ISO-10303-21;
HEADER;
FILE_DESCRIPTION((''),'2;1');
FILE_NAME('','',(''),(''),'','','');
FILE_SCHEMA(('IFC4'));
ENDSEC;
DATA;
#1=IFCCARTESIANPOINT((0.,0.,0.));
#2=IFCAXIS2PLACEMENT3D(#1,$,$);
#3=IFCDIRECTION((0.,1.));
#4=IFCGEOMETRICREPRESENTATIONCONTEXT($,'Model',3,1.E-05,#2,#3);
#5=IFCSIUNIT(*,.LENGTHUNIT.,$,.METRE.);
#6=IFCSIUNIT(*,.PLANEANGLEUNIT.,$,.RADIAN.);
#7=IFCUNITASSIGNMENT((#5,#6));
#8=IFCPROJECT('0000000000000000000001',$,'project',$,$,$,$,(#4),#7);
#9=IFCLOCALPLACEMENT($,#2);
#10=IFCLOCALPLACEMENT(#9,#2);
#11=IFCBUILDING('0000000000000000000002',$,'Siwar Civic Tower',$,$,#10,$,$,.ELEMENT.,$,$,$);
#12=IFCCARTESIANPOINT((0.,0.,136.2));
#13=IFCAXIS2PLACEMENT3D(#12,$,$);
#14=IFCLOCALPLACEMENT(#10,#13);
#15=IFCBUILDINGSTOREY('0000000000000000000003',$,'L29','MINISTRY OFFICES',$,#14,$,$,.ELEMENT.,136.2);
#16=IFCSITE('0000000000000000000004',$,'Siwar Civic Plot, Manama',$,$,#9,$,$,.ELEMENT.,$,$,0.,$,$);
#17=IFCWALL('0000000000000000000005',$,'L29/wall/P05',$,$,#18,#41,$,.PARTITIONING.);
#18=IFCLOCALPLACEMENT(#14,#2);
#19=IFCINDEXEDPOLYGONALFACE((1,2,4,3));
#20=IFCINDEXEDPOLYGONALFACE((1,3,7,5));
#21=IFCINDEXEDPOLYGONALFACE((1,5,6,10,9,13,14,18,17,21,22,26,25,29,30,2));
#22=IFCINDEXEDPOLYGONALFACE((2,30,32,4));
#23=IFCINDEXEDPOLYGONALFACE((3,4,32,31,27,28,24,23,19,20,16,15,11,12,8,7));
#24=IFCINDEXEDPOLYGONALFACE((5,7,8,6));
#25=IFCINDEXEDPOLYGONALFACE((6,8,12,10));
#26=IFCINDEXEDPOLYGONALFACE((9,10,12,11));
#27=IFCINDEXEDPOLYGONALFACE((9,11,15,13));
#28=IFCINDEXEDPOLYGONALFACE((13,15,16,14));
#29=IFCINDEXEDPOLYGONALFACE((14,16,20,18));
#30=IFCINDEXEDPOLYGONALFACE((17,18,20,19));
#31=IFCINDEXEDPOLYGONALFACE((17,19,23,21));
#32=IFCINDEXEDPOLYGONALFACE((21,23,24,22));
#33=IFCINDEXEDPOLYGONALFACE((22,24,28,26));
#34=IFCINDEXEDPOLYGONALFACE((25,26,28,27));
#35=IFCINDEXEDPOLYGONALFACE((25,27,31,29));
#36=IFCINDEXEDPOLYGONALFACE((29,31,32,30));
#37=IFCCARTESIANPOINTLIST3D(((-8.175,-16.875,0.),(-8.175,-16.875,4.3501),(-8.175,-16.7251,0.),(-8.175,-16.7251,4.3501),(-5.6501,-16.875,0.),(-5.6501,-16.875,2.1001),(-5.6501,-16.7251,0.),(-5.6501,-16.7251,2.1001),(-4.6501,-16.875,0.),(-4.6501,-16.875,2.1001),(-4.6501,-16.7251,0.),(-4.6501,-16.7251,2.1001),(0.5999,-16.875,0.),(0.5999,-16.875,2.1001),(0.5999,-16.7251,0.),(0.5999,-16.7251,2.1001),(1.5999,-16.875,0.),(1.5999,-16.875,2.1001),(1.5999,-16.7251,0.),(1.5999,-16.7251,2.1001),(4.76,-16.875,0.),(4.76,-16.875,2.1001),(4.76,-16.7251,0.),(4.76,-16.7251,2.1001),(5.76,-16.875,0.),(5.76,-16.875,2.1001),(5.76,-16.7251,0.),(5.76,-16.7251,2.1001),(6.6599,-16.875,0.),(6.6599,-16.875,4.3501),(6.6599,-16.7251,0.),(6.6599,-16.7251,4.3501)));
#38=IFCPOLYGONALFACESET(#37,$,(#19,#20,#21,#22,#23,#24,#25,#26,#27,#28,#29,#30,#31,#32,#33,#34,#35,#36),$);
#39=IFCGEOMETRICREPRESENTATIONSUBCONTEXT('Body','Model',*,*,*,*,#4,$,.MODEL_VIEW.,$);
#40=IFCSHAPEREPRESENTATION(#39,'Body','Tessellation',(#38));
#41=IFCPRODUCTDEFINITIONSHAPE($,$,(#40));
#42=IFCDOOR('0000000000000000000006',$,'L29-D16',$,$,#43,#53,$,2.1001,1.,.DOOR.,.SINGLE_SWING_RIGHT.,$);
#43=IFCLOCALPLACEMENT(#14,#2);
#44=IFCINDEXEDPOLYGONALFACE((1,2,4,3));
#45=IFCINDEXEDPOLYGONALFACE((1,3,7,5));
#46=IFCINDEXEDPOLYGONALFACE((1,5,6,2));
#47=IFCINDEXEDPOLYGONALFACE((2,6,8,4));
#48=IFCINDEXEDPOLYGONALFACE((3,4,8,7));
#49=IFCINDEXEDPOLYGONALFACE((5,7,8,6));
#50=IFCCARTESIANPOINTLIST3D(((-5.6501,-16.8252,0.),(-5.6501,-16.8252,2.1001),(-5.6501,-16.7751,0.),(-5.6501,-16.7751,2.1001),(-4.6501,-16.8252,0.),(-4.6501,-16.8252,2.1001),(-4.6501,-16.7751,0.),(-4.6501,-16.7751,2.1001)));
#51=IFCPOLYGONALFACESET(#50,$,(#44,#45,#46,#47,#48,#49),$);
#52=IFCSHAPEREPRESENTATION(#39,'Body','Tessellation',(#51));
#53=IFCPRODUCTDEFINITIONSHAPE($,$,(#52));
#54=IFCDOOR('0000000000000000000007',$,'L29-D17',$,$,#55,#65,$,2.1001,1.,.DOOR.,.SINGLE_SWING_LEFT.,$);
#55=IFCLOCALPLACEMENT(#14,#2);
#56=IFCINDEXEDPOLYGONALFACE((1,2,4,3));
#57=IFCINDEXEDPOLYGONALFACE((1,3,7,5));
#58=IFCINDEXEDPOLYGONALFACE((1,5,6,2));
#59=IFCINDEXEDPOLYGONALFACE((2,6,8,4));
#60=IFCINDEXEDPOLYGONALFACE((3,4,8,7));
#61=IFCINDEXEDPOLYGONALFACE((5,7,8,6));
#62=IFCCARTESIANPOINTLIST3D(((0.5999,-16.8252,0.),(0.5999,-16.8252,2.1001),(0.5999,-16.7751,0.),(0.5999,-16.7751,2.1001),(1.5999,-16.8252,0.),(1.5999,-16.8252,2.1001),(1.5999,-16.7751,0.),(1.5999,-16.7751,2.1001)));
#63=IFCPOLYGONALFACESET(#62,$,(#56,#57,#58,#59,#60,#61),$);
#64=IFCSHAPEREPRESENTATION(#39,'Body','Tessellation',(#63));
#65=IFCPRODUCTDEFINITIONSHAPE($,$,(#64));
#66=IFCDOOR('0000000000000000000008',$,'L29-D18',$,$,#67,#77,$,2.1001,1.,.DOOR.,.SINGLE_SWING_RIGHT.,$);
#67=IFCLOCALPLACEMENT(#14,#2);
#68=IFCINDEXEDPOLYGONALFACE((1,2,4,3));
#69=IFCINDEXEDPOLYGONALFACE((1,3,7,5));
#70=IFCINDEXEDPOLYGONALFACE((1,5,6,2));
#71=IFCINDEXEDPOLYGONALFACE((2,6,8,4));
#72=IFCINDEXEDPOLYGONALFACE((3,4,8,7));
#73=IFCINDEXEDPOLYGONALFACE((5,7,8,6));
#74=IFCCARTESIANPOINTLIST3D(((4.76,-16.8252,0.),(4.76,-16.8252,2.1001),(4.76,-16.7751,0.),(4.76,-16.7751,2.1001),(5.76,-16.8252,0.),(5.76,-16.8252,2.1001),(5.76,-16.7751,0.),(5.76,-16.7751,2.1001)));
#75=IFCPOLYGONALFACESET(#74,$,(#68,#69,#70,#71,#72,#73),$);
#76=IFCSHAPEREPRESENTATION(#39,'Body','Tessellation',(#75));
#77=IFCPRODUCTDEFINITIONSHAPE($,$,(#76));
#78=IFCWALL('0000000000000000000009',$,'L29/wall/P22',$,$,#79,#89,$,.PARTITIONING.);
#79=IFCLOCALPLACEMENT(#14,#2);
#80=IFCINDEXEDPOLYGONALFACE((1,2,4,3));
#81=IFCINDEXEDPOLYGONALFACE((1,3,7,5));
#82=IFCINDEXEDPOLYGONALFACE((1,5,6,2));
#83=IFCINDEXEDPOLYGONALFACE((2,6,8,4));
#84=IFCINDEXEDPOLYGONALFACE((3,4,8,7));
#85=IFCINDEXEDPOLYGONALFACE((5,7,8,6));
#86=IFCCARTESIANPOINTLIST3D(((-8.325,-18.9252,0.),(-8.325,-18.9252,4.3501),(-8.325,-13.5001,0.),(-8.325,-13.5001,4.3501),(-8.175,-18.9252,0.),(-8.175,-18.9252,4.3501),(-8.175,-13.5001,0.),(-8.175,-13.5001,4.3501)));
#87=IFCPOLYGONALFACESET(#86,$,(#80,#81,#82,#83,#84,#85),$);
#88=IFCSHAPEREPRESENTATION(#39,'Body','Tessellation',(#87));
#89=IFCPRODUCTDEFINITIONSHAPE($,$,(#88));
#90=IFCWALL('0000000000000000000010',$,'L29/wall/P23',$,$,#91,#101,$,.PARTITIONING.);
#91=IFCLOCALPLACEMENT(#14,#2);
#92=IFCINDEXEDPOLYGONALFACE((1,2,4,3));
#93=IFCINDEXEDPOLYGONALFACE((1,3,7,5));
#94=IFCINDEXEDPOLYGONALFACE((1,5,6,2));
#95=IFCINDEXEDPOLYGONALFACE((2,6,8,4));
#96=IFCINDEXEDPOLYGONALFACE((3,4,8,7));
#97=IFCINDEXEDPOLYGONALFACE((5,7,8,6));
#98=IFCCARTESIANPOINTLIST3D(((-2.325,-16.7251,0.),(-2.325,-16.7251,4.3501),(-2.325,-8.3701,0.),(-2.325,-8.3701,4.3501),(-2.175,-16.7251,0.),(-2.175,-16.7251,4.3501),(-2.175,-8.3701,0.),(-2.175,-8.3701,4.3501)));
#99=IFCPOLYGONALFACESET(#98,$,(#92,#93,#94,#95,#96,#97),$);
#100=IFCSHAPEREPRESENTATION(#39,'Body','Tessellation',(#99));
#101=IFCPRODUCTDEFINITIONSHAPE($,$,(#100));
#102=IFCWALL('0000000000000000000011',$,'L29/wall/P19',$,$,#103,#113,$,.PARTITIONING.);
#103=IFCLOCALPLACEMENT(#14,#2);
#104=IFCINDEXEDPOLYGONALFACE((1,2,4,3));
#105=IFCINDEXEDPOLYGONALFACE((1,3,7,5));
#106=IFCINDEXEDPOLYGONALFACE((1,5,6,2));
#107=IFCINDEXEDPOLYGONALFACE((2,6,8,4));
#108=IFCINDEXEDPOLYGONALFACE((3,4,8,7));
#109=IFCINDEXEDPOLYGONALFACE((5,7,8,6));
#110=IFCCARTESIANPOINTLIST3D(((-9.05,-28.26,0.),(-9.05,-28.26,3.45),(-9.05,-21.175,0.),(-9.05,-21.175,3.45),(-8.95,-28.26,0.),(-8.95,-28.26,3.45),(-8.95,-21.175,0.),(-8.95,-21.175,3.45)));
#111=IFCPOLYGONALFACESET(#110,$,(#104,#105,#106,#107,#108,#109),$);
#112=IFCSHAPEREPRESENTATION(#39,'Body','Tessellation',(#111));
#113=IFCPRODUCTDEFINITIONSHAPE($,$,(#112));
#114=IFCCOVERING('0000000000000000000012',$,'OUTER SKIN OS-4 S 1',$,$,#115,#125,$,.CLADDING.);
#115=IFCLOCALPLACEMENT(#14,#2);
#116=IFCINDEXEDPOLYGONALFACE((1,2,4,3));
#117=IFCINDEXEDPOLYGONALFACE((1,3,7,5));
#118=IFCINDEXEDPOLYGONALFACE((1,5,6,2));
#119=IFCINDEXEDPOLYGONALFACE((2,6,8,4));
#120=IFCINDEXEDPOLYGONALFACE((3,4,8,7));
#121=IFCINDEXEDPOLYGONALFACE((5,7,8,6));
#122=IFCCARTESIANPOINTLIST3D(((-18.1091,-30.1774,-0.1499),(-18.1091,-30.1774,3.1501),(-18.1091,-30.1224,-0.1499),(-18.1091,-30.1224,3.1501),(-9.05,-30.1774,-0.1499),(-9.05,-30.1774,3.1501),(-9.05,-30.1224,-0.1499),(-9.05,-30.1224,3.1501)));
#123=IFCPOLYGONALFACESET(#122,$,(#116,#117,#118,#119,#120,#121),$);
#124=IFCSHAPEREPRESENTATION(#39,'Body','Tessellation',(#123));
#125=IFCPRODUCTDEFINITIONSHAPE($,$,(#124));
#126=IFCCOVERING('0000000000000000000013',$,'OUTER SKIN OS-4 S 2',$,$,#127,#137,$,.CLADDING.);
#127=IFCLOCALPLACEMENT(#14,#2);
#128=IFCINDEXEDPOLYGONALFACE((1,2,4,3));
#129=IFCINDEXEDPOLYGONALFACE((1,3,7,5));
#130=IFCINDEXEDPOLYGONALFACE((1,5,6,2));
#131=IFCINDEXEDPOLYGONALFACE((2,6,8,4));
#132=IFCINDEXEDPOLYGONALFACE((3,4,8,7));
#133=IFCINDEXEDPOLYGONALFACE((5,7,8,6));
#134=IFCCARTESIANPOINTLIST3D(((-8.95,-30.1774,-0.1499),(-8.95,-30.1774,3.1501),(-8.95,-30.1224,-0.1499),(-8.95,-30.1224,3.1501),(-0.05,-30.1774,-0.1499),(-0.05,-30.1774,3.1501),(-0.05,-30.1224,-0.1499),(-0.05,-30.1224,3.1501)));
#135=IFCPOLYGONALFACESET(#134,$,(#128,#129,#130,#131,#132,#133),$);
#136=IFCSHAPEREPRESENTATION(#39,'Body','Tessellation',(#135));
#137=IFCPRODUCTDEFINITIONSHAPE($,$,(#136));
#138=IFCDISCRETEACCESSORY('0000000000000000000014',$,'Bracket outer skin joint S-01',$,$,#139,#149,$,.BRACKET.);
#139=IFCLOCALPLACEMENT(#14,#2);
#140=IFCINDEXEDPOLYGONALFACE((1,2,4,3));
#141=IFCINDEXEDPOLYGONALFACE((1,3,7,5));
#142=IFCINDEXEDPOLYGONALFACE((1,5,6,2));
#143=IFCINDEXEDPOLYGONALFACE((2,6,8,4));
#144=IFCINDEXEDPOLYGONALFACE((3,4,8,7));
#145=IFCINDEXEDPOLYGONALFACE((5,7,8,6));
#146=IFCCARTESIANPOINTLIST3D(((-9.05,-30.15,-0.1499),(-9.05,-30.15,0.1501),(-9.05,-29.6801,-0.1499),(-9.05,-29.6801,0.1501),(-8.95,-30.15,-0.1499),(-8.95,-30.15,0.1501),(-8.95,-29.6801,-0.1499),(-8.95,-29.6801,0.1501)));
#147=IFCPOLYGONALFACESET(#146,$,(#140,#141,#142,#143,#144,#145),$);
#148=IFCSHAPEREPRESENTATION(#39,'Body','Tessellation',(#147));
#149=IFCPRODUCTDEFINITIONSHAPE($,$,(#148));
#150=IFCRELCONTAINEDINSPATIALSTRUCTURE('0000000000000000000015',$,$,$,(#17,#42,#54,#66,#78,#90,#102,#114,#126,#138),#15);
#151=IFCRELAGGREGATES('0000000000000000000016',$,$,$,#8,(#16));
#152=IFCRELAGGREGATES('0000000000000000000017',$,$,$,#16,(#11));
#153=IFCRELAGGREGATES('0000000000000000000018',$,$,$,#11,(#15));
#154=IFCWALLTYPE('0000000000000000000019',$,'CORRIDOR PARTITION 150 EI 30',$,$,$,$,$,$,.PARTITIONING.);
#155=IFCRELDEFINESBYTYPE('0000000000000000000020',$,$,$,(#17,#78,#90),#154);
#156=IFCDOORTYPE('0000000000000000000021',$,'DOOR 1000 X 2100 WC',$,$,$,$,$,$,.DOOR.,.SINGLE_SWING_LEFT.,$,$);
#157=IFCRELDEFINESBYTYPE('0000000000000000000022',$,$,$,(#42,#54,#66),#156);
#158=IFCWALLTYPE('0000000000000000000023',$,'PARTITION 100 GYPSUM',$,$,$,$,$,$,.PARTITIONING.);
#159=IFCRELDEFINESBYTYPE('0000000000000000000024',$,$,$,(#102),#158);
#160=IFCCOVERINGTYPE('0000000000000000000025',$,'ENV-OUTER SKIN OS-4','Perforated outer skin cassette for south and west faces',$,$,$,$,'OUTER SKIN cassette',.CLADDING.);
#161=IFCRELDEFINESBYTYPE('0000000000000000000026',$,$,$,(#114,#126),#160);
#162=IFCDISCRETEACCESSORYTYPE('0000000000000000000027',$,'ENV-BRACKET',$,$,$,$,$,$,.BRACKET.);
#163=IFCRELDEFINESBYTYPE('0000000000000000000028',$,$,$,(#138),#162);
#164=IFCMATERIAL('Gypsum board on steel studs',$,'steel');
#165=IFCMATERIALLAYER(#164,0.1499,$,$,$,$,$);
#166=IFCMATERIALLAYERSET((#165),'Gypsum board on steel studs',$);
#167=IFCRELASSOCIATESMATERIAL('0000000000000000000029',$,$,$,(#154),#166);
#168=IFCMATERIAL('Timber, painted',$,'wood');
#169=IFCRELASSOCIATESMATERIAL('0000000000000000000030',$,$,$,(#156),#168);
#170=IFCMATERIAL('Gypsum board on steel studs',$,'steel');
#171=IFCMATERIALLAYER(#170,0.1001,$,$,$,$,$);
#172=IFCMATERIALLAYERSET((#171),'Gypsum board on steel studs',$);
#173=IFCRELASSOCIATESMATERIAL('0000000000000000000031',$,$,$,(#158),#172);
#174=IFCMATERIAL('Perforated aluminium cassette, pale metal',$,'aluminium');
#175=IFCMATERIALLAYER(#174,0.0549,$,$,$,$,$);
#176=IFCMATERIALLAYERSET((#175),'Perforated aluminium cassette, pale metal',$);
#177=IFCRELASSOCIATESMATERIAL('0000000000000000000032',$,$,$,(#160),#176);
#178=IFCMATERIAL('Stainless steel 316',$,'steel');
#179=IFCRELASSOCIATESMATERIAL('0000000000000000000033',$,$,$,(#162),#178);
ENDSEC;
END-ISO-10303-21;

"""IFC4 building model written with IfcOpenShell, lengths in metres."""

from ifc_helpers import new_model, si_unit, direction, frame, frame_2d, origin, origin_2d, place, context, subcontext, project, spatial, rectangle, extrude, material, layer, layer_set, type_object, element, fill, save


model = new_model("IFC4")

# Units and contexts
model_context = context("Model", 3, precision=1e-05, world=origin(), true_north=direction((0.0, 1.0)))
body_context = subcontext(model_context, "Body", "Model", "MODEL_VIEW")
ifc_project = project(units=[si_unit("LENGTHUNIT", "METRE"), si_unit("PLANEANGLEUNIT", "RADIAN")], contexts=[model_context])

# Site, building, storey
site_placement = place(None, origin())
site = spatial("IfcSite", under=ifc_project, at=site_placement, Name="Siwar Civic Plot, Manama", CompositionType="ELEMENT", RefElevation=0.0)
building_placement = place(site_placement, origin())
building = spatial("IfcBuilding", under=site, at=building_placement, Name="Siwar Civic Tower", CompositionType="ELEMENT")
storey_placement = place(building_placement, frame((0.0, 0.0, 136.2)))
storey = spatial("IfcBuildingStorey", under=building, at=storey_placement, Name="L29", Description="MINISTRY OFFICES", CompositionType="ELEMENT", Elevation=136.2)

# Wall, openings, doors
ifc_material_1 = material(Name="Gypsum board on steel studs", Category="steel")
ifc_layer_1 = layer(ifc_material_1, 0.1499)
ifc_layer_set_1 = layer_set([ifc_layer_1], Name="Gypsum board on steel studs")
wall_type_1 = type_object("IfcWallType", Name="CORRIDOR PARTITION 150 EI 30", PredefinedType="PARTITIONING", material=ifc_layer_set_1)
wall_1_placement = place(storey_placement, frame((-8.175, -16.8, 0.0), z_axis=(0.0, 0.0, 1.0), x_axis=(1.0, 0.0, 0.0)))
wall_1 = element("IfcWall", 1, at=wall_1_placement, inside=storey, type_object=wall_type_1, Name="L29/wall/P05", PredefinedType="PARTITIONING", context=body_context, shape_type="SweptSolid", body=[
    extrude(rectangle(XDim=14.835, YDim=0.1499, at=frame_2d((7.4175, 0.0))), origin(), (0.0, 0.0, 1.0), 4.3501),
])
opening_1_placement = place(wall_1_placement, frame((2.5249, 0.0, 0.0)))
opening_1 = element("IfcOpeningElement", 2, at=opening_1_placement, cuts=wall_1, PredefinedType="OPENING", context=body_context, shape_type="SweptSolid", body=[
    extrude(rectangle(XDim=1.0, YDim=2.1001, at=frame_2d((0.5, 1.05))), frame((0.0, 0.085, 0.0), z_axis=(0.0, -1.0, 0.0), x_axis=(1.0, 0.0, 0.0)), (0.0, 0.0, 1.0), 0.1699),
])
opening_2_placement = place(wall_1_placement, frame((8.7749, 0.0, 0.0)))
opening_2 = element("IfcOpeningElement", 3, at=opening_2_placement, cuts=wall_1, PredefinedType="OPENING", context=body_context, shape_type="SweptSolid", body=[
    extrude(rectangle(XDim=1.0, YDim=2.1001, at=frame_2d((0.5, 1.05))), frame((0.0, 0.085, 0.0), z_axis=(0.0, -1.0, 0.0), x_axis=(1.0, 0.0, 0.0)), (0.0, 0.0, 1.0), 0.1699),
])
opening_3_placement = place(wall_1_placement, frame((12.9351, 0.0, 0.0)))
opening_3 = element("IfcOpeningElement", 4, at=opening_3_placement, cuts=wall_1, PredefinedType="OPENING", context=body_context, shape_type="SweptSolid", body=[
    extrude(rectangle(XDim=1.0, YDim=2.1001, at=frame_2d((0.5, 1.05))), frame((0.0, 0.085, 0.0), z_axis=(0.0, -1.0, 0.0), x_axis=(1.0, 0.0, 0.0)), (0.0, 0.0, 1.0), 0.1699),
])
ifc_material_2 = material(Name="Timber, painted", Category="wood")
door_type = type_object("IfcDoorType", Name="DOOR 1000 X 2100 WC", OperationType="SINGLE_SWING_LEFT", PredefinedType="DOOR", material=ifc_material_2)
door_1_placement = place(opening_1_placement, origin())
door_1 = element("IfcDoor", 5, at=door_1_placement, inside=storey, type_object=door_type, Name="L29-D16", OperationType="SINGLE_SWING_RIGHT", OverallHeight=2.1001, OverallWidth=1.0, PredefinedType="DOOR", context=body_context, shape_type="SweptSolid", body=[
    extrude(rectangle(XDim=1.0, YDim=2.1001, at=frame_2d((0.5, 1.05))), frame((0.0, 0.0249, 0.0), z_axis=(0.0, -1.0, 0.0), x_axis=(1.0, 0.0, 0.0)), (0.0, 0.0, 1.0), 0.05),
])
fill(opening_1, door_1)
door_2_placement = place(opening_2_placement, origin())
door_2 = element("IfcDoor", 6, at=door_2_placement, inside=storey, type_object=door_type, Name="L29-D17", OperationType="SINGLE_SWING_LEFT", OverallHeight=2.1001, OverallWidth=1.0, PredefinedType="DOOR", context=body_context, shape_type="SweptSolid", body=[
    extrude(rectangle(XDim=1.0, YDim=2.1001, at=frame_2d((0.5, 1.05))), frame((0.0, 0.0249, 0.0), z_axis=(0.0, -1.0, 0.0), x_axis=(1.0, 0.0, 0.0)), (0.0, 0.0, 1.0), 0.05),
])
fill(opening_2, door_2)
door_3_placement = place(opening_3_placement, origin())
door_3 = element("IfcDoor", 7, at=door_3_placement, inside=storey, type_object=door_type, Name="L29-D18", OperationType="SINGLE_SWING_RIGHT", OverallHeight=2.1001, OverallWidth=1.0, PredefinedType="DOOR", context=body_context, shape_type="SweptSolid", body=[
    extrude(rectangle(XDim=1.0, YDim=2.1001, at=frame_2d((0.5, 1.05))), frame((0.0, 0.0249, 0.0), z_axis=(0.0, -1.0, 0.0), x_axis=(1.0, 0.0, 0.0)), (0.0, 0.0, 1.0), 0.05),
])
fill(opening_3, door_3)

# Walls
wall_2_placement = place(storey_placement, frame((-8.25, -18.925, 0.0), z_axis=(0.0, 0.0, 1.0), x_axis=(0.0, 1.0, 0.0)))
element("IfcWall", 8, at=wall_2_placement, inside=storey, type_object=wall_type_1, Name="L29/wall/P22", PredefinedType="PARTITIONING", context=body_context, shape_type="SweptSolid", body=[
    extrude(rectangle(XDim=5.425, YDim=0.1499, at=frame_2d((2.7124, 0.0))), origin(), (0.0, 0.0, 1.0), 4.3501),
])
wall_3_placement = place(storey_placement, frame((-2.25, -16.7251, 0.0), z_axis=(0.0, 0.0, 1.0), x_axis=(0.0, 1.0, 0.0)))
element("IfcWall", 9, at=wall_3_placement, inside=storey, type_object=wall_type_1, Name="L29/wall/P23", PredefinedType="PARTITIONING", context=body_context, shape_type="SweptSolid", body=[
    extrude(rectangle(XDim=8.355, YDim=0.1499, at=frame_2d((4.1775, 0.0))), origin(), (0.0, 0.0, 1.0), 4.3501),
])
ifc_material_3 = material(Name="Gypsum board on steel studs", Category="steel")
ifc_layer_2 = layer(ifc_material_3, 0.1001)
ifc_layer_set_2 = layer_set([ifc_layer_2], Name="Gypsum board on steel studs")
wall_type_2 = type_object("IfcWallType", Name="PARTITION 100 GYPSUM", PredefinedType="PARTITIONING", material=ifc_layer_set_2)
wall_4_placement = place(storey_placement, frame((-9.0, -28.26, 0.0), z_axis=(0.0, 0.0, 1.0), x_axis=(0.0, 1.0, 0.0)))
element("IfcWall", 10, at=wall_4_placement, inside=storey, type_object=wall_type_2, Name="L29/wall/P19", PredefinedType="PARTITIONING", context=body_context, shape_type="SweptSolid", body=[
    extrude(rectangle(XDim=7.085, YDim=0.1001, at=frame_2d((3.5425, 0.0))), origin(), (0.0, 0.0, 1.0), 3.45),
])

# Coverings
ifc_material_4 = material(Name="Perforated aluminium cassette, pale metal", Category="aluminium")
ifc_layer_3 = layer(ifc_material_4, 0.0549)
ifc_layer_set_3 = layer_set([ifc_layer_3], Name="Perforated aluminium cassette, pale metal")
covering_type = type_object("IfcCoveringType", Name="ENV-OUTER SKIN OS-4", Description="Perforated outer skin cassette for south and west faces", ElementType="OUTER SKIN cassette", PredefinedType="CLADDING", material=ifc_layer_set_3)
covering_1_placement = place(storey_placement, frame((-13.5796, -30.1499, -0.1499), z_axis=(0.0, 0.0, 1.0), x_axis=(1.0, 0.0, 0.0)))
element("IfcCovering", 11, at=covering_1_placement, inside=storey, type_object=covering_type, Name="OUTER SKIN OS-4 S 1", PredefinedType="CLADDING", context=body_context, shape_type="SweptSolid", body=[
    extrude(rectangle(XDim=9.0591, YDim=0.0549, at=origin_2d()), origin(), (0.0, 0.0, 1.0), 3.3),
])
covering_2_placement = place(storey_placement, frame((-4.5, -30.1499, -0.1499), z_axis=(0.0, 0.0, 1.0), x_axis=(1.0, 0.0, 0.0)))
element("IfcCovering", 12, at=covering_2_placement, inside=storey, type_object=covering_type, Name="OUTER SKIN OS-4 S 2", PredefinedType="CLADDING", context=body_context, shape_type="SweptSolid", body=[
    extrude(rectangle(XDim=8.8999, YDim=0.0549, at=origin_2d()), origin(), (0.0, 0.0, 1.0), 3.3),
])

# Discrete accessory
ifc_material_5 = material(Name="Stainless steel 316", Category="steel")
discrete_accessory_type = type_object("IfcDiscreteAccessoryType", Name="ENV-BRACKET", PredefinedType="BRACKET", material=ifc_material_5)
discrete_accessory_placement = place(storey_placement, frame((-9.0, -29.915, -0.1499), z_axis=(0.0, 0.0, 1.0), x_axis=(0.0, -1.0, 0.0)))
element("IfcDiscreteAccessory", 13, at=discrete_accessory_placement, inside=storey, type_object=discrete_accessory_type, Name="Bracket outer skin joint S-01", PredefinedType="BRACKET", context=body_context, shape_type="SweptSolid", body=[
    extrude(rectangle(XDim=0.47, YDim=0.1001, at=origin_2d()), origin(), (0.0, 0.0, 1.0), 0.3),
])

save(model, "model.ifc")
